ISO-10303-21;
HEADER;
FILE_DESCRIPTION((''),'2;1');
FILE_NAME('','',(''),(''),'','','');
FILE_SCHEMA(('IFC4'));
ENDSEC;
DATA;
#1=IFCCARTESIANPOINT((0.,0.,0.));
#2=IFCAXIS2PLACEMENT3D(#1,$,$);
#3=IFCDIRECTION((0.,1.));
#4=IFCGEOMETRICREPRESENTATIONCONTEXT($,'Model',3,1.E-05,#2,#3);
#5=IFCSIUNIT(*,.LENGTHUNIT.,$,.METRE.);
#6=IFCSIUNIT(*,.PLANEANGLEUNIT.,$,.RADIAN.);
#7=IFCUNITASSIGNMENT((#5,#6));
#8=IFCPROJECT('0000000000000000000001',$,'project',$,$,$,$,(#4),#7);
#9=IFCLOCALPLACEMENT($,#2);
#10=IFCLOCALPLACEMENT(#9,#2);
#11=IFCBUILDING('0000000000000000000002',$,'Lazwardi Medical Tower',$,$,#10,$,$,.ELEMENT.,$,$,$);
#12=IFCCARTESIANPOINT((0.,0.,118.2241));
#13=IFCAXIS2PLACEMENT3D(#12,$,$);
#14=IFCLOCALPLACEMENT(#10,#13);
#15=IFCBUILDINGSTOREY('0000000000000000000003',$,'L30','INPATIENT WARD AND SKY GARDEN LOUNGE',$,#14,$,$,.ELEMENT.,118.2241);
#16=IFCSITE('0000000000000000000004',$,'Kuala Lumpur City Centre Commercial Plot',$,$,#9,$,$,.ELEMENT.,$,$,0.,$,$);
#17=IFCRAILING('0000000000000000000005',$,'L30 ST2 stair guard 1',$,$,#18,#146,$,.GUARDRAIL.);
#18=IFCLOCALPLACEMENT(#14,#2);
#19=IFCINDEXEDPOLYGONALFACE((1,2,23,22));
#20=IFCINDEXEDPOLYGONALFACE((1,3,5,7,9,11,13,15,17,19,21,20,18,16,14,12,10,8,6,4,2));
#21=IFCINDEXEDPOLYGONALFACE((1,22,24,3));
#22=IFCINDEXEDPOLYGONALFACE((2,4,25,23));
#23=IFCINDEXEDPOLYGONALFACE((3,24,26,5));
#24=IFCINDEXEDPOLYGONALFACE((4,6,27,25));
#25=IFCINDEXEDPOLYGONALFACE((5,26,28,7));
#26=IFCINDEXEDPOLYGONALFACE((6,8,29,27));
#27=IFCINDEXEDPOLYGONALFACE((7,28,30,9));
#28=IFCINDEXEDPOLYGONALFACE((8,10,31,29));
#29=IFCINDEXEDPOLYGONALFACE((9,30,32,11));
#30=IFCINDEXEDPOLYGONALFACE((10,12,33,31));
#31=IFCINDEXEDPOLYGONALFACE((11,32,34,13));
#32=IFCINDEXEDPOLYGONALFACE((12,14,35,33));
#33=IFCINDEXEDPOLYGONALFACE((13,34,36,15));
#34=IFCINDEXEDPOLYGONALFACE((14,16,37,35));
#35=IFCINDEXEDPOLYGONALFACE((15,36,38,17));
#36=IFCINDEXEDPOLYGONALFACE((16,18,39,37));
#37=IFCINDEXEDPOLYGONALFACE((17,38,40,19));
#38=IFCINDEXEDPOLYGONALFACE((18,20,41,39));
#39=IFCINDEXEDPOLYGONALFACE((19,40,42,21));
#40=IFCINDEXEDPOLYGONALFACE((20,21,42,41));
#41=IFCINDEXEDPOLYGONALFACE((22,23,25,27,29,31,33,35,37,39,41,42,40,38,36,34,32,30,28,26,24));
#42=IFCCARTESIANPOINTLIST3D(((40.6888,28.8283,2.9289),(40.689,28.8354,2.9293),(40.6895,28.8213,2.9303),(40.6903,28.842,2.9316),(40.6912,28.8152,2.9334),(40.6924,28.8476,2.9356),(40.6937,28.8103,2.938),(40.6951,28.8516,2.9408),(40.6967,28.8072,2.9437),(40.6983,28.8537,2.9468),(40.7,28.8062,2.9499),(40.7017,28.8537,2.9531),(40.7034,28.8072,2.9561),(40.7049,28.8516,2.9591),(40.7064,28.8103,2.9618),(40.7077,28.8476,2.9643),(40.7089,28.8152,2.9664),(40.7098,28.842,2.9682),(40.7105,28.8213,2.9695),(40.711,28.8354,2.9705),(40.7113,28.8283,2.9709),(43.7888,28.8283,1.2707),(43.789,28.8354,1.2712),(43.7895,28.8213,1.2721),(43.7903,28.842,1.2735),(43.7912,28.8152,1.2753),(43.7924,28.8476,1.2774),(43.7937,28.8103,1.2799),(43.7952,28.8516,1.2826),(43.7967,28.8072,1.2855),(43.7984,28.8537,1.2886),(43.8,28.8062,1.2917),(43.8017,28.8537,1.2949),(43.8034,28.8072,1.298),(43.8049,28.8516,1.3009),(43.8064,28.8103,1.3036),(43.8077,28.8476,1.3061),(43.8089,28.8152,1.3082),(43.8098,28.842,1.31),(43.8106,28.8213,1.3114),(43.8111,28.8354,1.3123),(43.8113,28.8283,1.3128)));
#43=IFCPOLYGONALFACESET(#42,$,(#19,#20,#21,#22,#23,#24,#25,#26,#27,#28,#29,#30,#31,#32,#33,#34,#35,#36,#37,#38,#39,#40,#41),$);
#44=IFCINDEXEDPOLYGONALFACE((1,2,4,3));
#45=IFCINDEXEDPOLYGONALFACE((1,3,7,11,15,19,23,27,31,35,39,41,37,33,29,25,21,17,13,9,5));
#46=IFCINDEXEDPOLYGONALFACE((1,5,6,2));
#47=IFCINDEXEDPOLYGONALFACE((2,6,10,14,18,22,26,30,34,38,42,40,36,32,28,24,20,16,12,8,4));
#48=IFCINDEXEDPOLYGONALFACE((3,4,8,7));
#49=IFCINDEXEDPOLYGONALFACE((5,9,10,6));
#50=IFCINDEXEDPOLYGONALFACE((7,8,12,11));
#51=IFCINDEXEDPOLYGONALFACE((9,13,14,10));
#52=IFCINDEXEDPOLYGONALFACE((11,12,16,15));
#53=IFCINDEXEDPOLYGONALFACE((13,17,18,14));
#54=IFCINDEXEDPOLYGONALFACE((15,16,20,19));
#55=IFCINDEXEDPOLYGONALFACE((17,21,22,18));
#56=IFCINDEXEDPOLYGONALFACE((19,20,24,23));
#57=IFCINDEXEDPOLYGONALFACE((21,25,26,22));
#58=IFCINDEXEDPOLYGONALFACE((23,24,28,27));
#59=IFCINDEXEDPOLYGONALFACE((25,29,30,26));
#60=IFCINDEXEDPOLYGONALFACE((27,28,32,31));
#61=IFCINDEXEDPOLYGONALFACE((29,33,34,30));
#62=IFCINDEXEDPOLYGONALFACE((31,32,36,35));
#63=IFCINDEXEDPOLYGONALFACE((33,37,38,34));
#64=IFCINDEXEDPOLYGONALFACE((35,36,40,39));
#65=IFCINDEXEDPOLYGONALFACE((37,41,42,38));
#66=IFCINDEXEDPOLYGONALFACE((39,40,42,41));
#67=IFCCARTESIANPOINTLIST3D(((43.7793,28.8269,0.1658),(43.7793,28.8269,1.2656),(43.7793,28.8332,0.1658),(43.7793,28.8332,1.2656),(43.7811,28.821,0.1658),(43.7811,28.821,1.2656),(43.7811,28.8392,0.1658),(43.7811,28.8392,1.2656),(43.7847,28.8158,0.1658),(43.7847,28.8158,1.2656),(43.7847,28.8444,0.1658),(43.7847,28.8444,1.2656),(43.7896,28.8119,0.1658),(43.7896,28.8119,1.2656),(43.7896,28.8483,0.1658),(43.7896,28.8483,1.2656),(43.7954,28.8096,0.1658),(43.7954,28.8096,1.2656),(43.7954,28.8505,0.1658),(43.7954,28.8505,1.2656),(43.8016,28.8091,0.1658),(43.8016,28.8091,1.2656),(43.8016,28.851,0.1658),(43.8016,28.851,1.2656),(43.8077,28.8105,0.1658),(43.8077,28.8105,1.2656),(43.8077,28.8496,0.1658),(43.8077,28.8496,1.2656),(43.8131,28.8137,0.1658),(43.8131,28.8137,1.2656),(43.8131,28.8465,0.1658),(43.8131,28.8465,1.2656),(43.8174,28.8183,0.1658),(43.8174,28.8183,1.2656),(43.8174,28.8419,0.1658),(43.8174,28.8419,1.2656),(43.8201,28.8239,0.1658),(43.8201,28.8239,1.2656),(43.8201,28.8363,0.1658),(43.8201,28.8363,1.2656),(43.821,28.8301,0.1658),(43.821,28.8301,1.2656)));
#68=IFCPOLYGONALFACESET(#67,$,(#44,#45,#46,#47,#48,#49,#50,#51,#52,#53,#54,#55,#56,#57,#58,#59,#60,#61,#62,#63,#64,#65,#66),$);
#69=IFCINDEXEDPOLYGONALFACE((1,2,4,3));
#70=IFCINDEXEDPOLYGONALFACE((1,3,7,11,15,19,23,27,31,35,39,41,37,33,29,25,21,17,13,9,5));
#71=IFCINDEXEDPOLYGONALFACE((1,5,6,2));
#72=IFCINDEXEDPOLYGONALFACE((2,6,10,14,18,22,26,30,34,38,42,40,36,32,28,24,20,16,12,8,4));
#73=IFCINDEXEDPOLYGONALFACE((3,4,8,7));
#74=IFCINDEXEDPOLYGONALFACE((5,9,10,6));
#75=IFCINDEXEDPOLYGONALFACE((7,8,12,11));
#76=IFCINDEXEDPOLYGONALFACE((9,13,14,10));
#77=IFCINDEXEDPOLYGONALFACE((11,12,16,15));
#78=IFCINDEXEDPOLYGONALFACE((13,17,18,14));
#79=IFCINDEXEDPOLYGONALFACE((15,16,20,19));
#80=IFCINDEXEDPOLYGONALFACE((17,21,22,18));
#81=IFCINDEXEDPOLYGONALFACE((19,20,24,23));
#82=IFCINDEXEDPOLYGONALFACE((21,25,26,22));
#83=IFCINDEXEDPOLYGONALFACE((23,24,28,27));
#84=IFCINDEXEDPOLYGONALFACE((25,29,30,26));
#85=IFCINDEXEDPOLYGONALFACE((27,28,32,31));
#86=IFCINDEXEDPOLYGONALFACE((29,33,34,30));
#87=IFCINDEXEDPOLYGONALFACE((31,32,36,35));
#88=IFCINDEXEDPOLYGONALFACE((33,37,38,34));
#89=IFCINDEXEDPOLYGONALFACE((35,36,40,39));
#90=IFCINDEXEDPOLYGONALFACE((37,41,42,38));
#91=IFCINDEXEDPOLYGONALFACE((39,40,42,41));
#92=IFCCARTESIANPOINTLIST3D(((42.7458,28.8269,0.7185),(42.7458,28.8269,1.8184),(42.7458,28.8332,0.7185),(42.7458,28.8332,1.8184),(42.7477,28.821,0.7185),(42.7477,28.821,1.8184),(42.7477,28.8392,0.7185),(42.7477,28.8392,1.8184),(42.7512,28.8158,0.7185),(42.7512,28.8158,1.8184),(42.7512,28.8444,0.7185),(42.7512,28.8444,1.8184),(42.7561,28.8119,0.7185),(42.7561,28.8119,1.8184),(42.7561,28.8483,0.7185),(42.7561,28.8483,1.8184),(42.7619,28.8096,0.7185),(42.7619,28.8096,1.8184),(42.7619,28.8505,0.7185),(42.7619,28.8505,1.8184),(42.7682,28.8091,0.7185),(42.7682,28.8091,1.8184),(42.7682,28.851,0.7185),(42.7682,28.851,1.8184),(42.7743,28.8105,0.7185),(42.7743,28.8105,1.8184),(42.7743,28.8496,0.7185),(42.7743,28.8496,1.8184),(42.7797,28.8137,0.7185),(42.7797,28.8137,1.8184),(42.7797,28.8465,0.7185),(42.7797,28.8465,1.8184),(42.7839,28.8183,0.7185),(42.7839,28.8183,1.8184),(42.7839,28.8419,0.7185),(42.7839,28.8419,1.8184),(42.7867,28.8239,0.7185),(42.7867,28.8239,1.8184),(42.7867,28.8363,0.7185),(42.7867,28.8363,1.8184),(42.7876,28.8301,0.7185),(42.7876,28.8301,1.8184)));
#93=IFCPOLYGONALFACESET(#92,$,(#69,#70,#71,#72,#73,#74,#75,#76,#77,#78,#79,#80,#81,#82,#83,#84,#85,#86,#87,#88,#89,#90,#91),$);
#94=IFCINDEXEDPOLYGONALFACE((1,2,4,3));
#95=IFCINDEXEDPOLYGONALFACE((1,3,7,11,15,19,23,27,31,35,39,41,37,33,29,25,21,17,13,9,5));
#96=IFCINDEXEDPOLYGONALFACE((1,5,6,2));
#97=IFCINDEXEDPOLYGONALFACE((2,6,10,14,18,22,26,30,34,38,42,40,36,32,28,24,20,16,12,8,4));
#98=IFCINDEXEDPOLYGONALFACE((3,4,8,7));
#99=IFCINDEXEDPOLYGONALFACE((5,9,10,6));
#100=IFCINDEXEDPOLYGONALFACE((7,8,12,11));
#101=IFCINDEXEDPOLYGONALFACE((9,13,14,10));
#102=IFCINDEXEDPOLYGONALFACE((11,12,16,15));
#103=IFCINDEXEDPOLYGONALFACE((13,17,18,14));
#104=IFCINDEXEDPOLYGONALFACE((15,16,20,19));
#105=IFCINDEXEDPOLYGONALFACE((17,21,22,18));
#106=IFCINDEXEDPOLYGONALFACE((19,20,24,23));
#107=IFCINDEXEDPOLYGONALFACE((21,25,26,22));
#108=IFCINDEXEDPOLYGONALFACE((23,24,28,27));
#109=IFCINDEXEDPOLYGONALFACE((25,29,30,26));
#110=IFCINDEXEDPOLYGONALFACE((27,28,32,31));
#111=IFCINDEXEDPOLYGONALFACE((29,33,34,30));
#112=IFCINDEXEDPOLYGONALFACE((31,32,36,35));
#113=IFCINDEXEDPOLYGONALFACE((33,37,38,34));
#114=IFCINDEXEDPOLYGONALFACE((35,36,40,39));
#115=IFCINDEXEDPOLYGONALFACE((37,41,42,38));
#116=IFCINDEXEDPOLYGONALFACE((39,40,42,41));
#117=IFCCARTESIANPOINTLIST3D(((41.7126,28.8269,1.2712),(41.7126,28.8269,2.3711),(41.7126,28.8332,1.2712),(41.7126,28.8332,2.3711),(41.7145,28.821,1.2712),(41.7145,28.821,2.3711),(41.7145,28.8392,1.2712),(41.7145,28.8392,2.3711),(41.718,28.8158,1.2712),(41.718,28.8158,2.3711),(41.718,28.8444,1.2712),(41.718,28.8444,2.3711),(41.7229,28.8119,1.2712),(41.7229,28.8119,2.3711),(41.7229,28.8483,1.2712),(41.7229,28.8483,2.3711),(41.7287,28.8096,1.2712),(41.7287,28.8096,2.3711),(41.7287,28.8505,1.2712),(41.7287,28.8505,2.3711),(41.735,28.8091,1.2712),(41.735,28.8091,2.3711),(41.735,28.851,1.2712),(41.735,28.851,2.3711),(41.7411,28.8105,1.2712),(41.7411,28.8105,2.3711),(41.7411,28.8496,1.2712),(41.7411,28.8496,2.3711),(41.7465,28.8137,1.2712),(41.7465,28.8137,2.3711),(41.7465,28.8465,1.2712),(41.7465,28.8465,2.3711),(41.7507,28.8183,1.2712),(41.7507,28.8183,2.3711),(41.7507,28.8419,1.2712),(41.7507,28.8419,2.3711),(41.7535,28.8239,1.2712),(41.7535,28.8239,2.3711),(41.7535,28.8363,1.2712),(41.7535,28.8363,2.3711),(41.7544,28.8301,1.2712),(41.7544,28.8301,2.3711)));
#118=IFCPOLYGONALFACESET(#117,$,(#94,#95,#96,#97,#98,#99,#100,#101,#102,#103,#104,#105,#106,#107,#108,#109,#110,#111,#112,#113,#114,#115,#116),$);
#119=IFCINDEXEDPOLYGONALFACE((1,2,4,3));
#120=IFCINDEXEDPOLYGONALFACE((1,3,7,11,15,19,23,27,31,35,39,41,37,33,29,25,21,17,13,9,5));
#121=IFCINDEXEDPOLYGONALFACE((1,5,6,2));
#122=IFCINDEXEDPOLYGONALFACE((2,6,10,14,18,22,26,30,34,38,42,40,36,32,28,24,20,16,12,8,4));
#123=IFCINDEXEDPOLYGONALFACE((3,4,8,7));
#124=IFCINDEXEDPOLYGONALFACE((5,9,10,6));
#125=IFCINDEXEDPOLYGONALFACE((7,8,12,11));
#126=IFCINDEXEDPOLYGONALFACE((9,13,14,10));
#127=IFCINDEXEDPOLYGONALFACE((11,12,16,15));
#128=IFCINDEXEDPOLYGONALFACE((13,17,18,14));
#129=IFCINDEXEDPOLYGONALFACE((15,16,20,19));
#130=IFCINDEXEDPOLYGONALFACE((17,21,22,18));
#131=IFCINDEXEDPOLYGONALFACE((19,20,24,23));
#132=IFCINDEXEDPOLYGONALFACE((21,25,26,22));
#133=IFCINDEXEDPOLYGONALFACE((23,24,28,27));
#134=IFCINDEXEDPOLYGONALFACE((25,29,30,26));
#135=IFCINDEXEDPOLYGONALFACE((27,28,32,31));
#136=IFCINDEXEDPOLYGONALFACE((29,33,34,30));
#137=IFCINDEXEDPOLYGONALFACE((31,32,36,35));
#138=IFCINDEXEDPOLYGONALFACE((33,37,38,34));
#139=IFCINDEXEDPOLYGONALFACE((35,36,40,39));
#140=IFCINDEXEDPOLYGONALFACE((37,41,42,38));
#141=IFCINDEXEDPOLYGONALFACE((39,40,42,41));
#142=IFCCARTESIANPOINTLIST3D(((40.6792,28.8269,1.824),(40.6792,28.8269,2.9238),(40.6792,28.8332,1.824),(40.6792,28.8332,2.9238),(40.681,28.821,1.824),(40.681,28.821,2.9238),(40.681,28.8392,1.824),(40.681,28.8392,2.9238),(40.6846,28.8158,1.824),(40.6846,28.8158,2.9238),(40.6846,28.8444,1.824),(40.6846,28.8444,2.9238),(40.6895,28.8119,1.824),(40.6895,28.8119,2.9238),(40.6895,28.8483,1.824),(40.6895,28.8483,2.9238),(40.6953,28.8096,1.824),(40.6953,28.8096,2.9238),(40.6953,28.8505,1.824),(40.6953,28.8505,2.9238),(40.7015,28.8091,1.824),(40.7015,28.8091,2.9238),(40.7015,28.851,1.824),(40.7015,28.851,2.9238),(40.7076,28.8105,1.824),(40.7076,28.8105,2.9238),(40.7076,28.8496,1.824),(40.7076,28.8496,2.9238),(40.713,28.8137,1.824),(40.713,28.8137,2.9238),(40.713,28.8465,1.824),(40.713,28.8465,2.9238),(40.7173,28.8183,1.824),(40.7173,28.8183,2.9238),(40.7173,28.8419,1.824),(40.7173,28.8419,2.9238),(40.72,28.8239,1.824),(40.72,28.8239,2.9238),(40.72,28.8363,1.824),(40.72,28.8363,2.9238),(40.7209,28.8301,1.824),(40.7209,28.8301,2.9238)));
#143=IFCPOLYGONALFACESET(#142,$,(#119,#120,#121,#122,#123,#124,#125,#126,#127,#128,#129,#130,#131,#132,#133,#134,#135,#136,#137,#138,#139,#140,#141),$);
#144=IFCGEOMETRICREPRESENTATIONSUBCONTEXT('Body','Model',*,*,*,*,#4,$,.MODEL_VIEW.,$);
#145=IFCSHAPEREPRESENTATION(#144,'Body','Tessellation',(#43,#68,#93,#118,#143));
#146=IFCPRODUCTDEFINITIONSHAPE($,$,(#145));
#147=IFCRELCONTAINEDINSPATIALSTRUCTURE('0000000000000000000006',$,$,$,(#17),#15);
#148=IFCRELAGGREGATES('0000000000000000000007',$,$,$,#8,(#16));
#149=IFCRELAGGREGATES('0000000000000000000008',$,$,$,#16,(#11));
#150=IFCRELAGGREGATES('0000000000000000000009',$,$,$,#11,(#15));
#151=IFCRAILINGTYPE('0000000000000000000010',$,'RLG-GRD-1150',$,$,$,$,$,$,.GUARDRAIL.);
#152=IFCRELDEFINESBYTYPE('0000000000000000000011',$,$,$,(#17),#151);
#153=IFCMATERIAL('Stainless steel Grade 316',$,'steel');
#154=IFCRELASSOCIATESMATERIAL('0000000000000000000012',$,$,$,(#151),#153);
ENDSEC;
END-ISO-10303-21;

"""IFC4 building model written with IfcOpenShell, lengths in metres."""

from ifc_helpers import new_model, si_unit, direction, frame, origin, origin_2d, place, context, subcontext, project, spatial, circle, extrude, material, type_object, element, save


model = new_model("IFC4")

# Units and contexts
model_context = context("Model", 3, precision=1e-05, world=origin(), true_north=direction((0.0, 1.0)))
body_context = subcontext(model_context, "Body", "Model", "MODEL_VIEW")
ifc_project = project(units=[si_unit("LENGTHUNIT", "METRE"), si_unit("PLANEANGLEUNIT", "RADIAN")], contexts=[model_context])

# Site, building, storey
site_placement = place(None, origin())
site = spatial("IfcSite", under=ifc_project, at=site_placement, Name="Kuala Lumpur City Centre Commercial Plot", CompositionType="ELEMENT", RefElevation=0.0)
building_placement = place(site_placement, origin())
building = spatial("IfcBuilding", under=site, at=building_placement, Name="Lazwardi Medical Tower", CompositionType="ELEMENT")
storey_placement = place(building_placement, frame((0.0, 0.0, 118.2241)))
storey = spatial("IfcBuildingStorey", under=building, at=storey_placement, Name="L30", Description="INPATIENT WARD AND SKY GARDEN LOUNGE", CompositionType="ELEMENT", Elevation=118.2241)

# Railing
ifc_material_1 = material(Name="Stainless steel Grade 316", Category="steel")
railing_type_1 = type_object("IfcRailingType", Name="RLG-GRD-1150", PredefinedType="GUARDRAIL", material=ifc_material_1)
railing_1_placement = place(storey_placement, frame((43.8, 28.8301, 0.1658)))
element("IfcRailing", 1, at=railing_1_placement, inside=storey, type_object=railing_type_1, Name="L30 ST2 stair guard 1", PredefinedType="GUARDRAIL", context=body_context, shape_type="SweptSolid", body=[
    extrude(circle(Radius=0.0239, at=origin_2d()), frame((0.0, 0.0, 1.126), z_axis=(-0.881783, 0.0, 0.471655), x_axis=(0.0, -1.0, 0.0)), (0.0, 0.0, 1.0), 3.5156),
    extrude(circle(Radius=0.021, at=origin_2d()), origin(), (0.0, 0.0, 1.0), 1.0999),
    extrude(circle(Radius=0.021, at=origin_2d()), frame((-1.0334, 0.0, 0.5527)), (0.0, 0.0, 1.0), 1.0999),
    extrude(circle(Radius=0.021, at=origin_2d()), frame((-2.0667, 0.0, 1.1055)), (0.0, 0.0, 1.0), 1.0999),
    extrude(circle(Radius=0.021, at=origin_2d()), frame((-3.1001, 0.0, 1.6582)), (0.0, 0.0, 1.0), 1.0999),
])

save(model, "model.ifc")
